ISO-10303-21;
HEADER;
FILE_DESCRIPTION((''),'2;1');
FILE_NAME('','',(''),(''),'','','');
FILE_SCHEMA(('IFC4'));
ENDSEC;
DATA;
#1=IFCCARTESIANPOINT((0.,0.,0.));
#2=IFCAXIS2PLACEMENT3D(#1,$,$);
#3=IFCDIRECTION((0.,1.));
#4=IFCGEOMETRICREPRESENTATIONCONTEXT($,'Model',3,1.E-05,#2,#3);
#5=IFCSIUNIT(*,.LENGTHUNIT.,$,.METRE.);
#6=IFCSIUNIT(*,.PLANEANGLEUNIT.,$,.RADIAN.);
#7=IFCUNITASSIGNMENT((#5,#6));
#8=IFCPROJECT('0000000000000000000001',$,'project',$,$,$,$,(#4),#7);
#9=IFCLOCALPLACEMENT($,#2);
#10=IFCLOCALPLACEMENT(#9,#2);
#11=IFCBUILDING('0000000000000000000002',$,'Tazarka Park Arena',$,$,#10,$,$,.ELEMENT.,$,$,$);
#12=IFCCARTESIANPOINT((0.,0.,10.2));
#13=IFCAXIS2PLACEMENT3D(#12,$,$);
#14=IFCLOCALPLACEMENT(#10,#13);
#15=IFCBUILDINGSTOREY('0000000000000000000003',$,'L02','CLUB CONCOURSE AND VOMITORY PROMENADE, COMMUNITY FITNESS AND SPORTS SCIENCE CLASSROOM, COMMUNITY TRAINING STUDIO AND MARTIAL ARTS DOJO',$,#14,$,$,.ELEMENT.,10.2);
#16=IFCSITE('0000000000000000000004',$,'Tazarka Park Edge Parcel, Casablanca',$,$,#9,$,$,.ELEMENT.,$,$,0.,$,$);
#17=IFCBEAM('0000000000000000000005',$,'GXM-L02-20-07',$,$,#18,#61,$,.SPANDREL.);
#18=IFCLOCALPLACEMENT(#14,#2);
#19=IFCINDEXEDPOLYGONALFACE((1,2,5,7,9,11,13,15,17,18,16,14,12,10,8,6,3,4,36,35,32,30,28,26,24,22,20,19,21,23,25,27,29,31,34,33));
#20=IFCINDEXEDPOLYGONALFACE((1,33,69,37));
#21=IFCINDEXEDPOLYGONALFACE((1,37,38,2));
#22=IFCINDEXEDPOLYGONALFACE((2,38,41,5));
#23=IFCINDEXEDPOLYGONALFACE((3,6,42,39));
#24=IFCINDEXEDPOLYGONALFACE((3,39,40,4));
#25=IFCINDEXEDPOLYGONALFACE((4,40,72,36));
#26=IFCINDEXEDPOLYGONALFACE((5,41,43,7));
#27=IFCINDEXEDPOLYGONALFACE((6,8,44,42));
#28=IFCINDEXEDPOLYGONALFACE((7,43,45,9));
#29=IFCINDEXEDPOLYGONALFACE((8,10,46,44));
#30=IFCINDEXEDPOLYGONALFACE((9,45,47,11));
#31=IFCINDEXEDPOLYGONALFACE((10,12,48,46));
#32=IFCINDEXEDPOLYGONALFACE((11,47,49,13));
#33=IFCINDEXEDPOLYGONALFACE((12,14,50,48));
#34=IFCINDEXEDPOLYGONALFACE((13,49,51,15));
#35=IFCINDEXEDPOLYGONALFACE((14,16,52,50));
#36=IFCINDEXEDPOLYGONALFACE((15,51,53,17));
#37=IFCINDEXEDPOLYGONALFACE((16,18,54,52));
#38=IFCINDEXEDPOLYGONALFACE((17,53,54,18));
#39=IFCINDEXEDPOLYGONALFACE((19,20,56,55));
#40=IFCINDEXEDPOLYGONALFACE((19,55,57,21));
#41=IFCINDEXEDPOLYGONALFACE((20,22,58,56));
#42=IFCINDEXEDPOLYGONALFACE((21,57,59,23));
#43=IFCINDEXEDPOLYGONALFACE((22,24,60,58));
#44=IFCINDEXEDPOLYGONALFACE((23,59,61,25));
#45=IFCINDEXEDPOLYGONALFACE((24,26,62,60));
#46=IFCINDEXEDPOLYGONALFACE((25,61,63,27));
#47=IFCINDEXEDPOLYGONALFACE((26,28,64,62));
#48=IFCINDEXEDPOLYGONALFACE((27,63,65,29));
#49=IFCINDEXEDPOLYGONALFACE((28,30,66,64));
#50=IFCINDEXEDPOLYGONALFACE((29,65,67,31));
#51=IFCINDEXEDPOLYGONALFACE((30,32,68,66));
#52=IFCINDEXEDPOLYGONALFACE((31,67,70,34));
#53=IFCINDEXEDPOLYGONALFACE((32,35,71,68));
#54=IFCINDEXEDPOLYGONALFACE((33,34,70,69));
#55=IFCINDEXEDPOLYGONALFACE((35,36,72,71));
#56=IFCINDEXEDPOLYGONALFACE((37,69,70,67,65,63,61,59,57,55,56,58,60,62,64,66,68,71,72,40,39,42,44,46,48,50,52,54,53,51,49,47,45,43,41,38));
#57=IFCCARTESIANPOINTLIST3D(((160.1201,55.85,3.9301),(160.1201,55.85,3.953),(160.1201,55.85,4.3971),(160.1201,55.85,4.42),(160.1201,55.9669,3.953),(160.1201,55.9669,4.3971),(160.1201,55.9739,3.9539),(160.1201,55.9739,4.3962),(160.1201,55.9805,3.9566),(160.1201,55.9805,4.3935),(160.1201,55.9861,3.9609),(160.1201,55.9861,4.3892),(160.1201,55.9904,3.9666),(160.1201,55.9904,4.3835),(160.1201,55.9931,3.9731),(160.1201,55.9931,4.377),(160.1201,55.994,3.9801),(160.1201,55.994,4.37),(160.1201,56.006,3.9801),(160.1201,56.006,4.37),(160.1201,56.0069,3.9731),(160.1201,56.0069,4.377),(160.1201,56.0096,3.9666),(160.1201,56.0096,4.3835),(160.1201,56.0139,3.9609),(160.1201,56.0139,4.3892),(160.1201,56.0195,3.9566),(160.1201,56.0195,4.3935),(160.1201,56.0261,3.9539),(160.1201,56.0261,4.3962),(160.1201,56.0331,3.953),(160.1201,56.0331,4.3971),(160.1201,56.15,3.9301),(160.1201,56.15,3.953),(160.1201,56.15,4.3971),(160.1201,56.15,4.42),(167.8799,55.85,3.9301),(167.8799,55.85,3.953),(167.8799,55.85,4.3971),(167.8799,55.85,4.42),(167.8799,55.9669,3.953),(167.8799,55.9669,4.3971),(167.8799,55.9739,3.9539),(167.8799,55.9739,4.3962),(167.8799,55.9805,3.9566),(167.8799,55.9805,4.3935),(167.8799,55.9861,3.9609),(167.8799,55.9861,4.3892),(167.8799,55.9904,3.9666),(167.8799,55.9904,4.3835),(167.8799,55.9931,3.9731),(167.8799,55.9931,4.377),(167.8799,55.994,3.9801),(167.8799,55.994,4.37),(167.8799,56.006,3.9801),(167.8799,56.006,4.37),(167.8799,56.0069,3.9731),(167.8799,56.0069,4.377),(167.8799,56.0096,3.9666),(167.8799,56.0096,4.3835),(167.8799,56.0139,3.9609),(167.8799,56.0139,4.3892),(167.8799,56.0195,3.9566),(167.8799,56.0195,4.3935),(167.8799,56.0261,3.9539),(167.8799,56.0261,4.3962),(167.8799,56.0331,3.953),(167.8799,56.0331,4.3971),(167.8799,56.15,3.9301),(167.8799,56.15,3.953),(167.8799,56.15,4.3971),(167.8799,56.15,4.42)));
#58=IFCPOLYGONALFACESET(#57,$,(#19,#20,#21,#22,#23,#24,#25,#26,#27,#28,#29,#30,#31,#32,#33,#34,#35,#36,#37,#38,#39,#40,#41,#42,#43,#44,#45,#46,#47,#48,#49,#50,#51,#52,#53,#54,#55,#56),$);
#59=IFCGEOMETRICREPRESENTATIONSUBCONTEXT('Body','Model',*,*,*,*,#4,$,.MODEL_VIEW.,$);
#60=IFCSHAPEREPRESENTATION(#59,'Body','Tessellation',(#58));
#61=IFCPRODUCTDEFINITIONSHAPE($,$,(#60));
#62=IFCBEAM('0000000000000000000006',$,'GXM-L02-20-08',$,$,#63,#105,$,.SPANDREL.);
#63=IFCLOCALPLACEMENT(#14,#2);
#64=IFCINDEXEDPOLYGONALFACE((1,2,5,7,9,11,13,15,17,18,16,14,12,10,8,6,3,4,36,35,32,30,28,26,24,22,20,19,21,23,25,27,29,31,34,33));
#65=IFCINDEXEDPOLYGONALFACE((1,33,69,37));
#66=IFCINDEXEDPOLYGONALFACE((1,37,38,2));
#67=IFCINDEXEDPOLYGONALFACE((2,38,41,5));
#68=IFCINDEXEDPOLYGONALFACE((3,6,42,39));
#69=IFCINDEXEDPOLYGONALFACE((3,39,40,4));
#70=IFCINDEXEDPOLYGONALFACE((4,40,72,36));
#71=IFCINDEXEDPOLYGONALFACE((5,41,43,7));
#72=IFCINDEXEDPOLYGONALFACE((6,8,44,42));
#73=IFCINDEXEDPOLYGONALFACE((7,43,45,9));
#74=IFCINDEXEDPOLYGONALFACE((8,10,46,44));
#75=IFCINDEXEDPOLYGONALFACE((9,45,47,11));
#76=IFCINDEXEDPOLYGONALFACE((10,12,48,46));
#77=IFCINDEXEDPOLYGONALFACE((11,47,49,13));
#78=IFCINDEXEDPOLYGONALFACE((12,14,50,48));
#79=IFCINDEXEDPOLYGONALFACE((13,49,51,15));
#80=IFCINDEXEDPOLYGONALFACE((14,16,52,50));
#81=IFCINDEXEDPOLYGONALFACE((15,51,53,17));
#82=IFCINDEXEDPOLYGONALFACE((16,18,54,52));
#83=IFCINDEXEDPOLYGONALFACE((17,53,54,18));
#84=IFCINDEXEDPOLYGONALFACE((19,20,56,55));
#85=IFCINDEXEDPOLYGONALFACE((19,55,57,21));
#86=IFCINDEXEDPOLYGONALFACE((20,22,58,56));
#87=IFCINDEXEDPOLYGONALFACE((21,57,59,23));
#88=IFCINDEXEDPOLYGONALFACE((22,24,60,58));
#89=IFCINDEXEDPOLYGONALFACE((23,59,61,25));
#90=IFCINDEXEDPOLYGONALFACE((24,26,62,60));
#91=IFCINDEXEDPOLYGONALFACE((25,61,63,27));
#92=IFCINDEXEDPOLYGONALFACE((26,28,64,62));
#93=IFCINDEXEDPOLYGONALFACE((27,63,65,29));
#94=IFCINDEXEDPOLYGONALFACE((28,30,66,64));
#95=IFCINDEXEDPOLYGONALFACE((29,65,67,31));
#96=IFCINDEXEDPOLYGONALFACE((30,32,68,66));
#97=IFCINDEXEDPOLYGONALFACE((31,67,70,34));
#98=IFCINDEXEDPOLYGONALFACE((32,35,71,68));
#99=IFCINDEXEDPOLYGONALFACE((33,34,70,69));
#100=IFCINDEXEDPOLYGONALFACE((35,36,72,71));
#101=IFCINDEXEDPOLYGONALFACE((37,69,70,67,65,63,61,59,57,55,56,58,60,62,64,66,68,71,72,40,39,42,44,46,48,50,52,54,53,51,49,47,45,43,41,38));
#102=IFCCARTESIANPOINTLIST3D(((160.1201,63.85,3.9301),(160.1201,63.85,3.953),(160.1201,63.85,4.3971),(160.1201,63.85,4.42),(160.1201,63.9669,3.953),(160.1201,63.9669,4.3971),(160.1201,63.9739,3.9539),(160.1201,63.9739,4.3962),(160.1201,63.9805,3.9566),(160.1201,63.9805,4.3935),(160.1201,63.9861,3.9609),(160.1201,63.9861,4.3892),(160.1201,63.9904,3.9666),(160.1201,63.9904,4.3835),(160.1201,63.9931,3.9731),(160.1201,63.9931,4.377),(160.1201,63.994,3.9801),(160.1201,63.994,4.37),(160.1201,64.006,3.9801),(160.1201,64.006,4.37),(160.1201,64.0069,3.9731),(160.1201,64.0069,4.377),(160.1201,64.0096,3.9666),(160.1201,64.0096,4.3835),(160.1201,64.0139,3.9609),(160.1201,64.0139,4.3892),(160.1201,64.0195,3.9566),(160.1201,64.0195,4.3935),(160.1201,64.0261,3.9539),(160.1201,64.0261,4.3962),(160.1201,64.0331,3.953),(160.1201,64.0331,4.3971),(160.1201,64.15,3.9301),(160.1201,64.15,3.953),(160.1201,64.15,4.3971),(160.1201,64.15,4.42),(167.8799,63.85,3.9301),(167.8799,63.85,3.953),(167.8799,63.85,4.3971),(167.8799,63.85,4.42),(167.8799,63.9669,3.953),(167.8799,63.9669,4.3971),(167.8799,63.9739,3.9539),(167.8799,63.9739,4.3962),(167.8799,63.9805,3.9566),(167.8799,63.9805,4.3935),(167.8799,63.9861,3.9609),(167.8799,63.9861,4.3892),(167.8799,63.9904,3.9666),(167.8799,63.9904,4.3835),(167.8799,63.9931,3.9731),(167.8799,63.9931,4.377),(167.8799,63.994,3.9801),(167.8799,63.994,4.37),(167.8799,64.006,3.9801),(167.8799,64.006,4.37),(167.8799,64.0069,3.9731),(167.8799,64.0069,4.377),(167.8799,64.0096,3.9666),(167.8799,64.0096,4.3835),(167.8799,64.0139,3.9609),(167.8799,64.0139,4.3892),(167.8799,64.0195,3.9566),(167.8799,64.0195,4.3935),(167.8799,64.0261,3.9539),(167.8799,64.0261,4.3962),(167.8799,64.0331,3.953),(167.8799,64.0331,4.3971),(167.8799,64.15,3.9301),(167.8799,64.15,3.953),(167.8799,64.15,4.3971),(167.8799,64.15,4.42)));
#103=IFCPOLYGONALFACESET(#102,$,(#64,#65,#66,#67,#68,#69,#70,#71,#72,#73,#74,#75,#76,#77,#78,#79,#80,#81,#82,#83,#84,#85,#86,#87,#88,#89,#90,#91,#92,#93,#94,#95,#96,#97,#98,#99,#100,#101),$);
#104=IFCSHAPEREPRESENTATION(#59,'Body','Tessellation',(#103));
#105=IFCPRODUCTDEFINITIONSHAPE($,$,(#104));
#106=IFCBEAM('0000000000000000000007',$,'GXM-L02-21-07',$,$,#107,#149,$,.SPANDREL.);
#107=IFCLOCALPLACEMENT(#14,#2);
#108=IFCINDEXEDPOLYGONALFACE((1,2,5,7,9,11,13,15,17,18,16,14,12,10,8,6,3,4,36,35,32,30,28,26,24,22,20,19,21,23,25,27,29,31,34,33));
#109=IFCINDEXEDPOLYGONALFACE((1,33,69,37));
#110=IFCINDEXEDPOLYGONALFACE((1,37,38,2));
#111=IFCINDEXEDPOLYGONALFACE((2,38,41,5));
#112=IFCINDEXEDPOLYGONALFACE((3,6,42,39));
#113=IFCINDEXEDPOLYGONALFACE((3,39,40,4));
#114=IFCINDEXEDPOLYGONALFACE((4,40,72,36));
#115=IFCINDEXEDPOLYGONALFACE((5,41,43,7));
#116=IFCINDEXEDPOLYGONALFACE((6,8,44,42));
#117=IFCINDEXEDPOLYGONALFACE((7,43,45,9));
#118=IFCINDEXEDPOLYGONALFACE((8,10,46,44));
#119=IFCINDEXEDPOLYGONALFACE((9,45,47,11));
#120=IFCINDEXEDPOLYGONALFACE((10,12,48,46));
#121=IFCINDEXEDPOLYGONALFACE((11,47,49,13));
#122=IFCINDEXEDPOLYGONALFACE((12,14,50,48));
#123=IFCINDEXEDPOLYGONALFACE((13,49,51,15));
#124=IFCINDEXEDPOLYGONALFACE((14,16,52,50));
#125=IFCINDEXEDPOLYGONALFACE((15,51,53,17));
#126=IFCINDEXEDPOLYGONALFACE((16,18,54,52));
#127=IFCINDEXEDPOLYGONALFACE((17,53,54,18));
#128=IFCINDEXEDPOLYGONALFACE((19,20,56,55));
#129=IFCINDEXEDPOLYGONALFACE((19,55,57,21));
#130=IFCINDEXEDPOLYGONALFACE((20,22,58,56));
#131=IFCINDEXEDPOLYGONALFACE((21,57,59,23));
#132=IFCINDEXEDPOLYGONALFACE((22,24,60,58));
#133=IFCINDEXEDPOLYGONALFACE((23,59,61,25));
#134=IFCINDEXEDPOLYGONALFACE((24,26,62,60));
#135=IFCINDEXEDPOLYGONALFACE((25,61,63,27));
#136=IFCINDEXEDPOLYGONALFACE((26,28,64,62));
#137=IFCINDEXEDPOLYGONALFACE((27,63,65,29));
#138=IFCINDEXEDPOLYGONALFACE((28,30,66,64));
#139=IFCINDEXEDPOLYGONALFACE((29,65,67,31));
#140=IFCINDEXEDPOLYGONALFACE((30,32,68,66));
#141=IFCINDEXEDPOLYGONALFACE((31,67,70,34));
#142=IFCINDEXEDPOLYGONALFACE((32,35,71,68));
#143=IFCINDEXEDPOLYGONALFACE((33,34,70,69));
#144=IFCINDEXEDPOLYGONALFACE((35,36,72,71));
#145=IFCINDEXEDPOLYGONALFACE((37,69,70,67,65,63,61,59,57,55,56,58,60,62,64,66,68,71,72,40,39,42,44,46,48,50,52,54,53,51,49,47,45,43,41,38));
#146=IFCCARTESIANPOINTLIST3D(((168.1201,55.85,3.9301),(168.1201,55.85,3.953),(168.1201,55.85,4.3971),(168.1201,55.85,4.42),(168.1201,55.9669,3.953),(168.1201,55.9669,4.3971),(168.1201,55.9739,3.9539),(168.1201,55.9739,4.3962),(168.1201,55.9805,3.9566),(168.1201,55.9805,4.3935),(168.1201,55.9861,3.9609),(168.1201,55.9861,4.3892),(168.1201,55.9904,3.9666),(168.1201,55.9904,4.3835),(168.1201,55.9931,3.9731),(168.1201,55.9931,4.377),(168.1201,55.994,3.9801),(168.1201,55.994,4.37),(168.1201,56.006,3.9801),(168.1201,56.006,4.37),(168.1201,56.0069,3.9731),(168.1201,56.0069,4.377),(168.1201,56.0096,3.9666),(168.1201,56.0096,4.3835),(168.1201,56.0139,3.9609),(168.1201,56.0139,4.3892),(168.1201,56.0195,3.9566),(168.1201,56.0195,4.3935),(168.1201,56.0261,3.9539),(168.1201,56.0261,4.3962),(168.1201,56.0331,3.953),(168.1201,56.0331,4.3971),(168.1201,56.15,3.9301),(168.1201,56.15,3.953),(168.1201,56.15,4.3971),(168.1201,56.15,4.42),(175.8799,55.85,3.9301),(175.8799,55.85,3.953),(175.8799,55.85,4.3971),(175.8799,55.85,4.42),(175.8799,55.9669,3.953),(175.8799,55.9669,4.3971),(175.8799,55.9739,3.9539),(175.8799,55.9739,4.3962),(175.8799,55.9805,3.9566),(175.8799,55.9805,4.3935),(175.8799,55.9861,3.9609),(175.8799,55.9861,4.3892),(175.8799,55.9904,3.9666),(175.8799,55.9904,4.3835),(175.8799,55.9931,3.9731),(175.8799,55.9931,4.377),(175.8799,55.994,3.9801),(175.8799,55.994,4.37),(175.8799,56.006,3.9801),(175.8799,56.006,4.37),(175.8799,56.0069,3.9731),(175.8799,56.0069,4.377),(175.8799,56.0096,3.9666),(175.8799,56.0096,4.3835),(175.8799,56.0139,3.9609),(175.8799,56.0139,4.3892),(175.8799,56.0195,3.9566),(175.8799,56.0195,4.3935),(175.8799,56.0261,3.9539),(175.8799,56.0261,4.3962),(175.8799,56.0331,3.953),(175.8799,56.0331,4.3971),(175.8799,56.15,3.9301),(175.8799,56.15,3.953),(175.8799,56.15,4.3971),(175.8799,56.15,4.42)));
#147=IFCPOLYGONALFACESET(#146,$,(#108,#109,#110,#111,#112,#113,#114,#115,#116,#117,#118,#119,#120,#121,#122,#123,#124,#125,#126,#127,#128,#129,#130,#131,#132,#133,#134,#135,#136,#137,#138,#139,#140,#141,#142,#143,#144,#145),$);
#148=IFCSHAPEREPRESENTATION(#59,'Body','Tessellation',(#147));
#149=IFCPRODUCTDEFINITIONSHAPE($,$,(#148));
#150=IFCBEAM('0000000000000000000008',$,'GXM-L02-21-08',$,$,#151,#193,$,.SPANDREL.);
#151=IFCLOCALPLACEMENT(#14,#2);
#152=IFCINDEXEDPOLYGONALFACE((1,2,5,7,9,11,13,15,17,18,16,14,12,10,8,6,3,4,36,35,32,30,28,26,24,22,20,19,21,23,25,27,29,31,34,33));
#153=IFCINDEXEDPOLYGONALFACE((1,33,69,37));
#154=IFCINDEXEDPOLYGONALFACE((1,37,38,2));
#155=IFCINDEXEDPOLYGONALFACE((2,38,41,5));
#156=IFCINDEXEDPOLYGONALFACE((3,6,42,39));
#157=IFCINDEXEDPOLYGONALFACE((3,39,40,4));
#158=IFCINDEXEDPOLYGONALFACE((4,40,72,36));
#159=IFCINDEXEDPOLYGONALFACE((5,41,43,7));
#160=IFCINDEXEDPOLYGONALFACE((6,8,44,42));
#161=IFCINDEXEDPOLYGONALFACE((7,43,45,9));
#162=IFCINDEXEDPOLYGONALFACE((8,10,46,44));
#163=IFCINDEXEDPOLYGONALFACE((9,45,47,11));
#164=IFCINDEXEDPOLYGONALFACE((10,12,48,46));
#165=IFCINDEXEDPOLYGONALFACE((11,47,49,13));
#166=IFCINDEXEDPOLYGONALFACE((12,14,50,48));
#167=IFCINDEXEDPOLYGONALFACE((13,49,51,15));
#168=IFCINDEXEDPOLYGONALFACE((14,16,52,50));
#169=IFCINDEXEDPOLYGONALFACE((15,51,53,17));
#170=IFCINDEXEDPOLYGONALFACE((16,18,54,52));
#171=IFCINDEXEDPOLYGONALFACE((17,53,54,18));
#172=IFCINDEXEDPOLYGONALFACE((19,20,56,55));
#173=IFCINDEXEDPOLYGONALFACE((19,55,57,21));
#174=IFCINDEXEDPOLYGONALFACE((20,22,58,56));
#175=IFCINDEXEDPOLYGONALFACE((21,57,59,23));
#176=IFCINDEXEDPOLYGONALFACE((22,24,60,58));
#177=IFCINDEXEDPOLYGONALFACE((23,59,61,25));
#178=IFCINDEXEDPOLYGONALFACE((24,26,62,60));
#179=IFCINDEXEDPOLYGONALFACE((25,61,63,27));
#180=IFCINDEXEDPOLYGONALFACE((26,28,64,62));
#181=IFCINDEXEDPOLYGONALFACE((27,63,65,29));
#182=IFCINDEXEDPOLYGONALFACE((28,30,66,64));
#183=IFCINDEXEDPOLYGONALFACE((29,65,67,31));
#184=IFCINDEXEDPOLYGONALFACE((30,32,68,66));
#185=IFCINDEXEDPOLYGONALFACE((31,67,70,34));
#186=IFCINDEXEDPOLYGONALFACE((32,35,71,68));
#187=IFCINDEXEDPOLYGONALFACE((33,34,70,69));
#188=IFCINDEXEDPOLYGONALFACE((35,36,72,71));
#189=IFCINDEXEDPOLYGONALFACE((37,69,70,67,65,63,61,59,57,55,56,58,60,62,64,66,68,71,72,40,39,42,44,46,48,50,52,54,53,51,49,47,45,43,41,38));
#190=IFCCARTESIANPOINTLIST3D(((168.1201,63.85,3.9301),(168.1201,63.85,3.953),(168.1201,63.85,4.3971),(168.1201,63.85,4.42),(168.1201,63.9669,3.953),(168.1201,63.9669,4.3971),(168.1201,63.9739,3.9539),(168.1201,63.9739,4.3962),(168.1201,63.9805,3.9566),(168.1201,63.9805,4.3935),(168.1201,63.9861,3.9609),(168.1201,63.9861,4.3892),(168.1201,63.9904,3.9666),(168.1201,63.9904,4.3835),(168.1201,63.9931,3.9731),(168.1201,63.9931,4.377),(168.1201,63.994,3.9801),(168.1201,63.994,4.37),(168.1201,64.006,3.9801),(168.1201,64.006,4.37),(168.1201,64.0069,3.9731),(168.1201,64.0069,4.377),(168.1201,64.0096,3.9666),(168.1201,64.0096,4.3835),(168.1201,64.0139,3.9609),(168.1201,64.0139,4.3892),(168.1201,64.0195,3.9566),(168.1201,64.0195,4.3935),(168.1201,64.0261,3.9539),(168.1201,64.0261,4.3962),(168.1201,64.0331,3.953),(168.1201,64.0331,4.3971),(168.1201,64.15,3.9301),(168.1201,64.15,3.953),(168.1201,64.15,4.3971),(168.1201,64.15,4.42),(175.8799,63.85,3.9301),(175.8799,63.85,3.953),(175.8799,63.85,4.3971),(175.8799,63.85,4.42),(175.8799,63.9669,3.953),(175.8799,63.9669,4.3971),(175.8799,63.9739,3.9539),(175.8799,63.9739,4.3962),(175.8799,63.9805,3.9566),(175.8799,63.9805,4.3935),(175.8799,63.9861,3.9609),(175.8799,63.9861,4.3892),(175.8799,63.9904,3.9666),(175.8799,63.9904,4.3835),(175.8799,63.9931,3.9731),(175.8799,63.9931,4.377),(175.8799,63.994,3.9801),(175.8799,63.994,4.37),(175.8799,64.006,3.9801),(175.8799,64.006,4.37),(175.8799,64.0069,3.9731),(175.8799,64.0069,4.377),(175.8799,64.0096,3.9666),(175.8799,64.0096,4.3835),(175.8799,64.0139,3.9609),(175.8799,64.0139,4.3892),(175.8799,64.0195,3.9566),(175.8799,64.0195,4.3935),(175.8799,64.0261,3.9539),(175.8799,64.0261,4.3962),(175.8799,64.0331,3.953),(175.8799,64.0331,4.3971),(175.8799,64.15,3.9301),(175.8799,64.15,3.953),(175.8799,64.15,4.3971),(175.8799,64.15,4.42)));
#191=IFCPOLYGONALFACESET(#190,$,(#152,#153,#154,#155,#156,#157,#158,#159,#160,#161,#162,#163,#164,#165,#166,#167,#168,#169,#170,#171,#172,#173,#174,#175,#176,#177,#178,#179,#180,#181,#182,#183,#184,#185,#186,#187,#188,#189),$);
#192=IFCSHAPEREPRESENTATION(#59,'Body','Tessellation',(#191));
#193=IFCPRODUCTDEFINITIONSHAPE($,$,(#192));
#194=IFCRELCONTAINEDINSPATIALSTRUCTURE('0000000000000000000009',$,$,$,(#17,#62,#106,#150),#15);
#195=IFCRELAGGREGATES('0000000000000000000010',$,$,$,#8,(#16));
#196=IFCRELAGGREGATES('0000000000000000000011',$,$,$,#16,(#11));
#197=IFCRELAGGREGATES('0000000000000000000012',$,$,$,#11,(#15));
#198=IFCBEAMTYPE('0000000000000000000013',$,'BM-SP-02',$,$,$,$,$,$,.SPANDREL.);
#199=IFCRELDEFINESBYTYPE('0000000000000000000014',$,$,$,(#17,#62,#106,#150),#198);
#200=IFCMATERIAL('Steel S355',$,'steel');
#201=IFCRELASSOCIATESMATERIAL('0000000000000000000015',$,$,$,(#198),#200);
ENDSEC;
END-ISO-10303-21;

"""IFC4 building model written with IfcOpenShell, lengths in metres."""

from ifc_helpers import new_model, si_unit, direction, frame, origin, origin_2d, place, context, subcontext, project, spatial, i_section, extrude, material, material_profile, profile_set, type_object, element, save


model = new_model("IFC4")

# Units and contexts
model_context = context("Model", 3, precision=1e-05, world=origin(), true_north=direction((0.0, 1.0)))
body_context = subcontext(model_context, "Body", "Model", "MODEL_VIEW")
ifc_project = project(units=[si_unit("LENGTHUNIT", "METRE"), si_unit("PLANEANGLEUNIT", "RADIAN")], contexts=[model_context])

# Site, building, storey
site_placement = place(None, origin())
site = spatial("IfcSite", under=ifc_project, at=site_placement, Name="Tazarka Park Edge Parcel, Casablanca", CompositionType="ELEMENT", RefElevation=0.0)
building_placement = place(site_placement, origin())
building = spatial("IfcBuilding", under=site, at=building_placement, Name="Tazarka Park Arena", CompositionType="ELEMENT")
storey_placement = place(building_placement, frame((0.0, 0.0, 10.2)))
storey = spatial("IfcBuildingStorey", under=building, at=storey_placement, Name="L02", Description="CLUB CONCOURSE AND VOMITORY PROMENADE, COMMUNITY FITNESS AND SPORTS SCIENCE CLASSROOM, COMMUNITY TRAINING STUDIO AND MARTIAL ARTS DOJO", CompositionType="ELEMENT", Elevation=10.2)

# Beams
ifc_material_1 = material(Name="Steel S355", Category="steel")
ifc_material_profile_1 = material_profile(ifc_material_1, i_section(OverallWidth=0.3, OverallDepth=0.49, WebThickness=0.012, FlangeThickness=0.0229, FilletRadius=0.0271, at=origin_2d()), Name="Steel S355")
ifc_profile_set_1 = profile_set([ifc_material_profile_1], Name="Steel S355")
beam_type_1 = type_object("IfcBeamType", Name="BM-SP-02", PredefinedType="SPANDREL", material=ifc_profile_set_1)
for number, where, z_axis, x_axis, name in (
    (1, (160.1201, 56.0, 4.175), (1.0, 0.0, 0.0), (0.0, 1.0, 0.0), "GXM-L02-20-07"),
    (2, (160.1201, 64.0, 4.175), (1.0, 0.0, 0.0), (0.0, 1.0, 0.0), "GXM-L02-20-08"),
    (3, (168.1201, 56.0, 4.175), (1.0, 0.0, 0.0), (0.0, 1.0, 0.0), "GXM-L02-21-07"),
    (4, (168.1201, 64.0, 4.175), (1.0, 0.0, 0.0), (0.0, 1.0, 0.0), "GXM-L02-21-08"),
):
    element("IfcBeam", number, at=place(storey_placement, frame(where, z_axis=z_axis, x_axis=x_axis)), inside=storey, type_object=beam_type_1, Name=name, PredefinedType="SPANDREL", context=body_context, shape_type="SweptSolid", body=[
        extrude(i_section(OverallWidth=0.3, OverallDepth=0.49, WebThickness=0.012, FlangeThickness=0.0229, FilletRadius=0.0271, at=origin_2d()), origin(), (0.0, 0.0, 1.0), 7.7598),
    ])

save(model, "model.ifc")
